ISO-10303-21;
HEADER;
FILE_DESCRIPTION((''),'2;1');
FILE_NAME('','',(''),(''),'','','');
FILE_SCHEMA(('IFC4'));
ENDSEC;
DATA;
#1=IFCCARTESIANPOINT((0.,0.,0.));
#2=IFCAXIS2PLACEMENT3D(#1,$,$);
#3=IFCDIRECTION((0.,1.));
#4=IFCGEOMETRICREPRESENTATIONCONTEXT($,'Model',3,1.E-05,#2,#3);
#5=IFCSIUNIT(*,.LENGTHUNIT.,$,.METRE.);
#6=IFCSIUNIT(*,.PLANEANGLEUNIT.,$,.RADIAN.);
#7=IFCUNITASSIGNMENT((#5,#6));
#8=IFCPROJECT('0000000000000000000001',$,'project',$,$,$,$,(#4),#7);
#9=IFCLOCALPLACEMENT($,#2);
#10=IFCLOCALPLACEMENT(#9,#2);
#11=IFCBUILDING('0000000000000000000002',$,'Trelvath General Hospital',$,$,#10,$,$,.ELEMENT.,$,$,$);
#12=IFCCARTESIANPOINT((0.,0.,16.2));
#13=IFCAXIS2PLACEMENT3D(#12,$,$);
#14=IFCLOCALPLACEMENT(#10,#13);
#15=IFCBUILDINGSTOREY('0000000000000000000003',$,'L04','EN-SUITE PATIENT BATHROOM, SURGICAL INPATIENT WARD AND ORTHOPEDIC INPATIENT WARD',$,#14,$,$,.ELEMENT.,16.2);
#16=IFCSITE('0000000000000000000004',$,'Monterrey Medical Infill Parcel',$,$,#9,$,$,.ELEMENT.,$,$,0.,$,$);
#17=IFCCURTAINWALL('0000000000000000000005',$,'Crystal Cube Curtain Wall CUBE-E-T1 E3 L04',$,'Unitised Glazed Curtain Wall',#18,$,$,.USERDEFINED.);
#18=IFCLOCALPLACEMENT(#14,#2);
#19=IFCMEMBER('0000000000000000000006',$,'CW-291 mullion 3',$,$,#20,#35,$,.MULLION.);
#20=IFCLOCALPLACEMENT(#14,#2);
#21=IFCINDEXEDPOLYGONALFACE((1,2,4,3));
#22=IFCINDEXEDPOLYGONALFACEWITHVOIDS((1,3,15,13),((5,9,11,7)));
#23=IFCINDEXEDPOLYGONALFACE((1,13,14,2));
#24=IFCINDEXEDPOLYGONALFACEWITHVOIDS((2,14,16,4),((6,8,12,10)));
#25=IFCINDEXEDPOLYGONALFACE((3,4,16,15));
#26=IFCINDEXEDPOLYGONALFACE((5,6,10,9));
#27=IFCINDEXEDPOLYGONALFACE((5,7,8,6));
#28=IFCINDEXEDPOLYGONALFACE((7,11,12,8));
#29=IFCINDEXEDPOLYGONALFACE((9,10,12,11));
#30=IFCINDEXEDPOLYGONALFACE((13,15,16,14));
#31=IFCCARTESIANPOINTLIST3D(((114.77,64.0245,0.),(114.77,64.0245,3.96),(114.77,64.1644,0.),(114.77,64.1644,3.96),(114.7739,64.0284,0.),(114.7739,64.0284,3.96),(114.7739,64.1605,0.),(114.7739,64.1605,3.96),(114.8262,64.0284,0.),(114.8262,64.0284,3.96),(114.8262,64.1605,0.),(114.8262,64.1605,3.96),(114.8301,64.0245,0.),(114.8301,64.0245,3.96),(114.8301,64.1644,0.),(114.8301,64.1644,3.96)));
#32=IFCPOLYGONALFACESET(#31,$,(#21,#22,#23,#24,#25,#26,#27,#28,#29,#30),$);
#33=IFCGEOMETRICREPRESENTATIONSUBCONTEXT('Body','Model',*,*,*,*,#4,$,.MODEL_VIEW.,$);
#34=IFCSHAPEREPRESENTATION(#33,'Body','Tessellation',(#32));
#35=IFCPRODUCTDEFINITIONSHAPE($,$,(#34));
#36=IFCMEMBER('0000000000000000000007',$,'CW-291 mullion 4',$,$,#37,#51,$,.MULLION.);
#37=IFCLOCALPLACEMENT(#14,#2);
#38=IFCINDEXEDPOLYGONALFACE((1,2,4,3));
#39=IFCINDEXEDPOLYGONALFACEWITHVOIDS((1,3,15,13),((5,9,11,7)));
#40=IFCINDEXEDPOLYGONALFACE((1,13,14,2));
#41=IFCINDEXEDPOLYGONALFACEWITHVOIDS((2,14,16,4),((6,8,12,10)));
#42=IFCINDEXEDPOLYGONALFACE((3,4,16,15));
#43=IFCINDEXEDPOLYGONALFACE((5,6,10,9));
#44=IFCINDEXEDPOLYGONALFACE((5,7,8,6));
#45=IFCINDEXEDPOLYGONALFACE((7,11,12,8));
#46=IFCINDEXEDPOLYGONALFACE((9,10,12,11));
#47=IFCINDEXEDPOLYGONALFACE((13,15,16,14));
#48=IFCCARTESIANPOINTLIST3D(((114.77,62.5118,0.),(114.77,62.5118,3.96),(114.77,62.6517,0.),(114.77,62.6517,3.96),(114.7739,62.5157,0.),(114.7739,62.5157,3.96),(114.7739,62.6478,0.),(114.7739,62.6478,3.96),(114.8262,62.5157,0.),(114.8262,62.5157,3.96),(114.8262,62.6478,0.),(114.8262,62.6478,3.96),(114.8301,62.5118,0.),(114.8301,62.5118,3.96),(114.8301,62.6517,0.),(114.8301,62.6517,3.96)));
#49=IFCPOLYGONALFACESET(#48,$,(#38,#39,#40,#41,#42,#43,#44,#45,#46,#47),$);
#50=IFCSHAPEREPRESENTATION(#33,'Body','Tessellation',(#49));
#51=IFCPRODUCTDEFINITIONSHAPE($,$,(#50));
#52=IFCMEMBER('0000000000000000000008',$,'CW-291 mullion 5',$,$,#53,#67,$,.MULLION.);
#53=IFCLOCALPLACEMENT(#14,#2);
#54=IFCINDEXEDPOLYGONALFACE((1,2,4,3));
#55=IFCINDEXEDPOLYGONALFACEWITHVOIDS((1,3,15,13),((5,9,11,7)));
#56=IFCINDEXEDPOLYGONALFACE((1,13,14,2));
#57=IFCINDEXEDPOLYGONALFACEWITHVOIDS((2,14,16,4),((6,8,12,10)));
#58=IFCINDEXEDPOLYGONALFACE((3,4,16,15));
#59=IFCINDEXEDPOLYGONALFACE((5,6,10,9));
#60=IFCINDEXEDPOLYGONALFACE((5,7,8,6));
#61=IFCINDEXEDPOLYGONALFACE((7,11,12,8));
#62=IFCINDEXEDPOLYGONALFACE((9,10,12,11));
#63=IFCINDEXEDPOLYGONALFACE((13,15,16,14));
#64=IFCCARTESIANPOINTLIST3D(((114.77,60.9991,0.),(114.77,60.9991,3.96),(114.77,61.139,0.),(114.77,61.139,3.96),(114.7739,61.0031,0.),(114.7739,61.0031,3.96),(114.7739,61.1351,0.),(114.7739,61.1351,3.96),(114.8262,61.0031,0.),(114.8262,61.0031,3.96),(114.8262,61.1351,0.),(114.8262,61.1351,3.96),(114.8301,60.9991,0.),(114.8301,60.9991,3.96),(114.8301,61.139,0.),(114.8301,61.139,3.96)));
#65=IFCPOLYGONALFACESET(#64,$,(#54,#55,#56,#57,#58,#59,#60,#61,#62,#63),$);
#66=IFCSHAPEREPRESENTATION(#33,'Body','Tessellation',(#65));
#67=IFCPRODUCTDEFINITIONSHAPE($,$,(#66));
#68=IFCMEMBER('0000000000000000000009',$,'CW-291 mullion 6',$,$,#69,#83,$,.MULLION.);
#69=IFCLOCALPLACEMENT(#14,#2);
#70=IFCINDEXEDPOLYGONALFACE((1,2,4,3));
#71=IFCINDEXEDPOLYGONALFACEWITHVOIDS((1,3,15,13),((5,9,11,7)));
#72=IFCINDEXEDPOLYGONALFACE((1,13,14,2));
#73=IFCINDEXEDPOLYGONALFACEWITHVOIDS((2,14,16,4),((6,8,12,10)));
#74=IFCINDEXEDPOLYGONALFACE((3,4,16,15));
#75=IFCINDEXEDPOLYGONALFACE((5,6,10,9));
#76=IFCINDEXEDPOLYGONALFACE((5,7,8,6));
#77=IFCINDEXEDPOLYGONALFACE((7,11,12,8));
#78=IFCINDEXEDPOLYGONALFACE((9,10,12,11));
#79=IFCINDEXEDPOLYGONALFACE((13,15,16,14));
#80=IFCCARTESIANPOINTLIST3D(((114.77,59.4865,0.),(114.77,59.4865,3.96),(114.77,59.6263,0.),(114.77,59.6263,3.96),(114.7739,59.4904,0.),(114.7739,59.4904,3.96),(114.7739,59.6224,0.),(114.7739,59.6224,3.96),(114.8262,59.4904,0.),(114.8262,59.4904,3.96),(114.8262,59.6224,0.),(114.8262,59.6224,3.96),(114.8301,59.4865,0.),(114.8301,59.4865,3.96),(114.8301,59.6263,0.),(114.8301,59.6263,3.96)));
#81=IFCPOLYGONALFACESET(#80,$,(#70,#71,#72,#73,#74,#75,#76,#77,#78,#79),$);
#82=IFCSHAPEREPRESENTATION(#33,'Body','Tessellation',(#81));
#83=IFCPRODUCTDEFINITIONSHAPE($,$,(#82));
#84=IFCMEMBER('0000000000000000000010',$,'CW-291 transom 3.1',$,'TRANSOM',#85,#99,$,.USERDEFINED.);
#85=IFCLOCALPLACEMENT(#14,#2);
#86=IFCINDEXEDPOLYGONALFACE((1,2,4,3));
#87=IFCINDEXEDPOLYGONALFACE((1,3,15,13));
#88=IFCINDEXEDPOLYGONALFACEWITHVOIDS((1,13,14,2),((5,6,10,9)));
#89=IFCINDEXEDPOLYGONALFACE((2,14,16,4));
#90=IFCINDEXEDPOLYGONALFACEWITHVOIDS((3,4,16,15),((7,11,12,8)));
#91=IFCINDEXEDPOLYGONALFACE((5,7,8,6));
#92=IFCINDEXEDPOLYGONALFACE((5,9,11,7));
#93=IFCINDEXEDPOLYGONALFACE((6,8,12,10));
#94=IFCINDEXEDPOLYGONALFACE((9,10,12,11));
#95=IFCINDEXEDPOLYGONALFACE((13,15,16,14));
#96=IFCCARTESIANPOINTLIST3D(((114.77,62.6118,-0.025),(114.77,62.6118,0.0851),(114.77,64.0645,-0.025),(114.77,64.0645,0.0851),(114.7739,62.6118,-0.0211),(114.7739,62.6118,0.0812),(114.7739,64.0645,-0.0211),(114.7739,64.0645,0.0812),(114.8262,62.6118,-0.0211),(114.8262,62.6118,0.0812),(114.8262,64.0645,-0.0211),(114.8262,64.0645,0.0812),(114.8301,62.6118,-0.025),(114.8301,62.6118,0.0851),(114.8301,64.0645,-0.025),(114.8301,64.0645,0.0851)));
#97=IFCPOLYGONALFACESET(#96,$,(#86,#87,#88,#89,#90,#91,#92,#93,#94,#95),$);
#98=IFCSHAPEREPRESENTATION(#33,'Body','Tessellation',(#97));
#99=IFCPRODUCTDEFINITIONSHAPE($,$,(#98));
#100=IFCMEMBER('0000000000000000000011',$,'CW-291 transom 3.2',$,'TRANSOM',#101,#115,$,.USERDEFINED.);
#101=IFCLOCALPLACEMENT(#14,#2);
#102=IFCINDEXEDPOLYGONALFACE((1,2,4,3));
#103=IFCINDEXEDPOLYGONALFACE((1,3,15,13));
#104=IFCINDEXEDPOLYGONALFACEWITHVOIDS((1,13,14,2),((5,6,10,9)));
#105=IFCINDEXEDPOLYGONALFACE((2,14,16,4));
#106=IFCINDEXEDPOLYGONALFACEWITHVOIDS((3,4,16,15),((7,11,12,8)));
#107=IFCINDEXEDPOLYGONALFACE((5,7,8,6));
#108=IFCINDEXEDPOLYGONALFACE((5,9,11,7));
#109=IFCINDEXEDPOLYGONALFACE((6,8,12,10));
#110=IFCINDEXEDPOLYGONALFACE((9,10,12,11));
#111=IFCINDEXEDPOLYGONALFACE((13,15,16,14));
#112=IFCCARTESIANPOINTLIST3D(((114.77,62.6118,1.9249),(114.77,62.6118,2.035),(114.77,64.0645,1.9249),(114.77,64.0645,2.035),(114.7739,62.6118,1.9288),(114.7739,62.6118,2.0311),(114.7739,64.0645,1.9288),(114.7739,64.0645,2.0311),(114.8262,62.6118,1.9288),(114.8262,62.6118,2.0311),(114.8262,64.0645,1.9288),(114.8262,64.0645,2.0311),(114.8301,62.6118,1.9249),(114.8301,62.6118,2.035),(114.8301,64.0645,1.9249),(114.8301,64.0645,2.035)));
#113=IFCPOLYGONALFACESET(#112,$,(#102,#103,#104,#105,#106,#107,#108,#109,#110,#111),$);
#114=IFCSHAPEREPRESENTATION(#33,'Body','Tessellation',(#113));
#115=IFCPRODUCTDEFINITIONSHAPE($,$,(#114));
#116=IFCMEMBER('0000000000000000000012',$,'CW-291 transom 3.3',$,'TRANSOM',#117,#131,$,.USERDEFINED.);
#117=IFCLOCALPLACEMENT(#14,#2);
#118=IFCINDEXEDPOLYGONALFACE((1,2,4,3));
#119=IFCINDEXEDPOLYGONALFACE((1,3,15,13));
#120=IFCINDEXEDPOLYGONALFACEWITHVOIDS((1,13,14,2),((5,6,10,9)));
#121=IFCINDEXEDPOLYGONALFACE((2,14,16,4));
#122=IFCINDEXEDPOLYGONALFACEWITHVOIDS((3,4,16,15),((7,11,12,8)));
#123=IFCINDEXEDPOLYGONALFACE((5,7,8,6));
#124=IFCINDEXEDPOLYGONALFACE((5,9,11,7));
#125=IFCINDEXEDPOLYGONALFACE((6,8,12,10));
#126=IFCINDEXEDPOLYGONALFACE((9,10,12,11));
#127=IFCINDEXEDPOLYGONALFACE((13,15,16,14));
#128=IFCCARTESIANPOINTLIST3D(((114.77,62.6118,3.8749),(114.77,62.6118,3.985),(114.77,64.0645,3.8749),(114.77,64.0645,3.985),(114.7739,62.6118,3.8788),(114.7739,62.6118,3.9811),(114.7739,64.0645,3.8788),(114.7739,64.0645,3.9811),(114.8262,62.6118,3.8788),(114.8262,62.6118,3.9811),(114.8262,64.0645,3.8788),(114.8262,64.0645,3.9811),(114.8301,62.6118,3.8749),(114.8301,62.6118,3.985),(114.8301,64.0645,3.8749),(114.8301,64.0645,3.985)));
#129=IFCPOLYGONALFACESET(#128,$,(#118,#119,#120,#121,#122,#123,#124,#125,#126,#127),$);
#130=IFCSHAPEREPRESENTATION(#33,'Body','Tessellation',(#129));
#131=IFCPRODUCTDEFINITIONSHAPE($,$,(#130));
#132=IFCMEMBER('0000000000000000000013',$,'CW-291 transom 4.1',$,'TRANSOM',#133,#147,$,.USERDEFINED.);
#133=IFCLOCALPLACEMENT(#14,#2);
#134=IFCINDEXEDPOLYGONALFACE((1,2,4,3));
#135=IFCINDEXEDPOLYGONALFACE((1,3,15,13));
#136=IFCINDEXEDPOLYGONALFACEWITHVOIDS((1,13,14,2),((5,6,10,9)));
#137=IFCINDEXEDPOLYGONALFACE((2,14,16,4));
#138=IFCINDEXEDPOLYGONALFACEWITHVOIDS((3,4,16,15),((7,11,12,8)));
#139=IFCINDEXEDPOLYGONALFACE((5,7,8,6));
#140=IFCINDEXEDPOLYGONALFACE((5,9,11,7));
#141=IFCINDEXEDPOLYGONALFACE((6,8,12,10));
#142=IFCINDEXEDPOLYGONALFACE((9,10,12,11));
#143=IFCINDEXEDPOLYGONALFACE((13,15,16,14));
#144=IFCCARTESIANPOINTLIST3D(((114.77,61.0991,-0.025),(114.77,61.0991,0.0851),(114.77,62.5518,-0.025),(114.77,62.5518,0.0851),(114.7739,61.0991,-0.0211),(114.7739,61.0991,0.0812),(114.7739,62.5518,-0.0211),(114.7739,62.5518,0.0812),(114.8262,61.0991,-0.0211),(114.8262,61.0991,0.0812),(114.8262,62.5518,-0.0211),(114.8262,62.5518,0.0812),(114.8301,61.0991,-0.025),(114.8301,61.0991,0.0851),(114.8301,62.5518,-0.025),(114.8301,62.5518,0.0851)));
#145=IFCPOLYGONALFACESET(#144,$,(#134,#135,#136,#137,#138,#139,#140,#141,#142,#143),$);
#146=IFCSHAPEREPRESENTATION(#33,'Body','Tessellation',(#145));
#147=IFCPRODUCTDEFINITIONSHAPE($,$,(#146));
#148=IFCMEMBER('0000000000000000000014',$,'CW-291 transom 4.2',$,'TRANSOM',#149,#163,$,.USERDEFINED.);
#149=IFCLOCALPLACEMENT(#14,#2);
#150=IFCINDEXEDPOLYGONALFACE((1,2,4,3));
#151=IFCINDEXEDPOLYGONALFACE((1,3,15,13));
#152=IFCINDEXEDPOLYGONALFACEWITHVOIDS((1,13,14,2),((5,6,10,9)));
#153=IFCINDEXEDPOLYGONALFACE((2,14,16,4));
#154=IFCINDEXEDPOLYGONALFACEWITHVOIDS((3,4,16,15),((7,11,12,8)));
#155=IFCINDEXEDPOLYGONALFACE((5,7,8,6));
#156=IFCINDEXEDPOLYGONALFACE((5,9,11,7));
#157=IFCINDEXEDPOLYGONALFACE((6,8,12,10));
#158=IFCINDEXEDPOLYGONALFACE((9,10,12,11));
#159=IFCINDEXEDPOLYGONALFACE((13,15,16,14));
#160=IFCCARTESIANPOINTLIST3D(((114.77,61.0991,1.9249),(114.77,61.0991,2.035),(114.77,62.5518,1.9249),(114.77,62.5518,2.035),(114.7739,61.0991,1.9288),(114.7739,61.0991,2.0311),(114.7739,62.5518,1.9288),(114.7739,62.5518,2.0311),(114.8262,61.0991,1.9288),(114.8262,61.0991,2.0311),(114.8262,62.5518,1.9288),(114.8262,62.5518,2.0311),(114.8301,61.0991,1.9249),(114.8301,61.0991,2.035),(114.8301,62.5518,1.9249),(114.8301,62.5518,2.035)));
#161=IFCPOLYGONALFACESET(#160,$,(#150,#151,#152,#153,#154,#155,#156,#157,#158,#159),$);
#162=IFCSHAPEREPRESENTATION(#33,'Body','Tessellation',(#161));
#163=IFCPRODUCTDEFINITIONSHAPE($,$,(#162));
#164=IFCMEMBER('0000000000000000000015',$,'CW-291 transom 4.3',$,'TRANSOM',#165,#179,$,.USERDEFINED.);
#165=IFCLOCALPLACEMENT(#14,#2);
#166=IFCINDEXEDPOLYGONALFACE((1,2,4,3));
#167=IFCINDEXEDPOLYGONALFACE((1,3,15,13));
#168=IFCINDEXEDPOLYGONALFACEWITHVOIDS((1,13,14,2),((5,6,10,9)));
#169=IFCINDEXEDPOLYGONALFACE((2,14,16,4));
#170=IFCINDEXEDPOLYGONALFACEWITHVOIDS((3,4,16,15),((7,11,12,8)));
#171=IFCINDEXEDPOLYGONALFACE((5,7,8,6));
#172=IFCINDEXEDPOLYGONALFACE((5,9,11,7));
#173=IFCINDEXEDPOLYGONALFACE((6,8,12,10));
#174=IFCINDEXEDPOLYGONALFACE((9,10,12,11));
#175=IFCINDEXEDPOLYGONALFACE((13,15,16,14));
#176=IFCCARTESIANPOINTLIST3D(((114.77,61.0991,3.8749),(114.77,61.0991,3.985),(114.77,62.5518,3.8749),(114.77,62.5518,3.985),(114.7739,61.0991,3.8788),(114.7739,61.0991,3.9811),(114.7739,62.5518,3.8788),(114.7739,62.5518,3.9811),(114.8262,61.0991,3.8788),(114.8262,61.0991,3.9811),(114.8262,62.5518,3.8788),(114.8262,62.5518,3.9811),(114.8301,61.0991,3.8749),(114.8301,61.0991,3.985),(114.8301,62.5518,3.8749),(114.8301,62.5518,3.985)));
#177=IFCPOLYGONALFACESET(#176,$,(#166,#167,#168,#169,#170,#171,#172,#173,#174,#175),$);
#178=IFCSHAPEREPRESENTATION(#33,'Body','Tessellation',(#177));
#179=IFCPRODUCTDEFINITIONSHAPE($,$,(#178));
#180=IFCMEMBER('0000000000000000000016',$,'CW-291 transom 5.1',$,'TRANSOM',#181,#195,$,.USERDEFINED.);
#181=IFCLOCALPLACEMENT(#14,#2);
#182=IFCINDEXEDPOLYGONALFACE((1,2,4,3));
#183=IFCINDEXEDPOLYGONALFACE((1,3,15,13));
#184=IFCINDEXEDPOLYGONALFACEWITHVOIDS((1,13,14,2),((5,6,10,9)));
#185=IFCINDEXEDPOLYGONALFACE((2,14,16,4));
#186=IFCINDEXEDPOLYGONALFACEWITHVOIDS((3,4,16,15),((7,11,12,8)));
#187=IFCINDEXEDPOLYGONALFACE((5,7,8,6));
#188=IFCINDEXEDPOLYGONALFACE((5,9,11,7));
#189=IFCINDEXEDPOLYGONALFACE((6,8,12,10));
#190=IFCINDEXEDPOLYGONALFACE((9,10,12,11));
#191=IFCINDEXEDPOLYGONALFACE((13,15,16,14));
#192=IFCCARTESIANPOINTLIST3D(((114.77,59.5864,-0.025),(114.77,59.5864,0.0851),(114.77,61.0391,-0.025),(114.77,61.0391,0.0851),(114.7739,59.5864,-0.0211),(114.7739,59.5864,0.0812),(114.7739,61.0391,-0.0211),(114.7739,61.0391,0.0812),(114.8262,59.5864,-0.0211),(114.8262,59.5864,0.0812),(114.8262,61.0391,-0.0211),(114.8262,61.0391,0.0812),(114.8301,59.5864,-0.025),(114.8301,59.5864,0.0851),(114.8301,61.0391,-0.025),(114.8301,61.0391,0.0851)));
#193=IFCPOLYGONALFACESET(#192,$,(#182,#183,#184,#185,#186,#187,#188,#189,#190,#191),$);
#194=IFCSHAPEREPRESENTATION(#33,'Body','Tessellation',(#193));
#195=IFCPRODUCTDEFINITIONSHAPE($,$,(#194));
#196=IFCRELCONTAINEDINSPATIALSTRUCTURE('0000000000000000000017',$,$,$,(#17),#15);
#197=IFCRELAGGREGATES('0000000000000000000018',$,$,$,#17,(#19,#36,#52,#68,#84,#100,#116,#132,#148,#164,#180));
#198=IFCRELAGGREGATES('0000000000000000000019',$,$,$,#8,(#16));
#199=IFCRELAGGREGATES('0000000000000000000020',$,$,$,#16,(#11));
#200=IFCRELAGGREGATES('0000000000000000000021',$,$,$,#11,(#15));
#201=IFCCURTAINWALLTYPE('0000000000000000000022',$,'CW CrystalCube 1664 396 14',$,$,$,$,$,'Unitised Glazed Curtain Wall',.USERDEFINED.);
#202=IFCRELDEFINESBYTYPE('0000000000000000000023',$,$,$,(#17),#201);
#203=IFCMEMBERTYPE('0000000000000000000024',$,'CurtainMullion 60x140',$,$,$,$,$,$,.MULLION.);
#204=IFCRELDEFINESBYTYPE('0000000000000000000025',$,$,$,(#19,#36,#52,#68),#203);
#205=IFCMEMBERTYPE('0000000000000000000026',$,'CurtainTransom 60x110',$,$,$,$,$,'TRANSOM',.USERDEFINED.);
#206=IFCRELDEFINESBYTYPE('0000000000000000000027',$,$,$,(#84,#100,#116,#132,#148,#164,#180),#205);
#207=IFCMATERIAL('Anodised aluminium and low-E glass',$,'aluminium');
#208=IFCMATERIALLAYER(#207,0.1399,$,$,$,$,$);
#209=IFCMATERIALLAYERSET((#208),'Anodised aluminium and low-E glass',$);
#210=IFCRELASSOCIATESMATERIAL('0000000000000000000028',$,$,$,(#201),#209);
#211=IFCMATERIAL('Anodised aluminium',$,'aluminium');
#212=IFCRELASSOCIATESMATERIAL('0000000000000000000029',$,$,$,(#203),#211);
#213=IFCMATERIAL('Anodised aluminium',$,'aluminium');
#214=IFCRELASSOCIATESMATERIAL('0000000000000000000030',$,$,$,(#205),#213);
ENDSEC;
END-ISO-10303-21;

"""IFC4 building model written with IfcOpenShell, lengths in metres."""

from ifc_helpers import new_model, si_unit, direction, frame, origin, origin_2d, place, context, subcontext, project, spatial, hollow_rectangle, extrude, material, layer, layer_set, material_profile, profile_set, type_object, element, aggregate, save


model = new_model("IFC4")

# Units and contexts
model_context = context("Model", 3, precision=1e-05, world=origin(), true_north=direction((0.0, 1.0)))
body_context = subcontext(model_context, "Body", "Model", "MODEL_VIEW")
ifc_project = project(units=[si_unit("LENGTHUNIT", "METRE"), si_unit("PLANEANGLEUNIT", "RADIAN")], contexts=[model_context])

# Site, building, storey
site_placement = place(None, origin())
site = spatial("IfcSite", under=ifc_project, at=site_placement, Name="Monterrey Medical Infill Parcel", CompositionType="ELEMENT", RefElevation=0.0)
building_placement = place(site_placement, origin())
building = spatial("IfcBuilding", under=site, at=building_placement, Name="Trelvath General Hospital", CompositionType="ELEMENT")
storey_placement = place(building_placement, frame((0.0, 0.0, 16.2)))
storey = spatial("IfcBuildingStorey", under=building, at=storey_placement, Name="L04", Description="EN-SUITE PATIENT BATHROOM, SURGICAL INPATIENT WARD AND ORTHOPEDIC INPATIENT WARD", CompositionType="ELEMENT", Elevation=16.2)

# Curtain wall, members
ifc_material_1 = material(Name="Anodised aluminium and low-E glass", Category="aluminium")
ifc_layer_1 = layer(ifc_material_1, 0.1399)
ifc_layer_set_1 = layer_set([ifc_layer_1], Name="Anodised aluminium and low-E glass")
curtain_wall_type = type_object("IfcCurtainWallType", Name="CW CrystalCube 1664 396 14", ElementType="Unitised Glazed Curtain Wall", PredefinedType="USERDEFINED", material=ifc_layer_set_1)
curtain_wall_placement = place(storey_placement, origin())
curtain_wall = element("IfcCurtainWall", 1, at=curtain_wall_placement, inside=storey, type_object=curtain_wall_type, Name="Crystal Cube Curtain Wall CUBE-E-T1 E3 L04", ObjectType="Unitised Glazed Curtain Wall", PredefinedType="USERDEFINED")
ifc_material_2 = material(Name="Anodised aluminium", Category="aluminium")
ifc_material_profile_1 = material_profile(ifc_material_2, hollow_rectangle(XDim=0.0601, YDim=0.1399, WallThickness=0.0039, at=origin_2d()), Name="RHS60x140x4")
ifc_profile_set_1 = profile_set([ifc_material_profile_1], Name="Anodised aluminium")
member_type_1 = type_object("IfcMemberType", Name="CurtainMullion 60x140", PredefinedType="MULLION", material=ifc_profile_set_1)
member_1_placement = place(storey_placement, frame((114.8, 64.0945, 0.0), z_axis=(0.0, 0.0, 1.0), x_axis=(1.0, 0.0, 0.0)))
member_1 = element("IfcMember", 2, at=member_1_placement, type_object=member_type_1, Name="CW-291 mullion 3", PredefinedType="MULLION", context=body_context, shape_type="SweptSolid", body=[
    extrude(hollow_rectangle(XDim=0.0601, YDim=0.1399, WallThickness=0.0039, at=origin_2d()), origin(), (0.0, 0.0, 1.0), 3.96),
])
member_2_placement = place(storey_placement, frame((114.8, 62.5818, 0.0), z_axis=(0.0, 0.0, 1.0), x_axis=(1.0, 0.0, 0.0)))
member_2 = element("IfcMember", 3, at=member_2_placement, type_object=member_type_1, Name="CW-291 mullion 4", PredefinedType="MULLION", context=body_context, shape_type="SweptSolid", body=[
    extrude(hollow_rectangle(XDim=0.0601, YDim=0.1399, WallThickness=0.0039, at=origin_2d()), origin(), (0.0, 0.0, 1.0), 3.96),
])
member_3_placement = place(storey_placement, frame((114.8, 61.0691, 0.0), z_axis=(0.0, 0.0, 1.0), x_axis=(1.0, 0.0, 0.0)))
member_3 = element("IfcMember", 4, at=member_3_placement, type_object=member_type_1, Name="CW-291 mullion 5", PredefinedType="MULLION", context=body_context, shape_type="SweptSolid", body=[
    extrude(hollow_rectangle(XDim=0.0601, YDim=0.1399, WallThickness=0.0039, at=origin_2d()), origin(), (0.0, 0.0, 1.0), 3.96),
])
member_4_placement = place(storey_placement, frame((114.8, 59.5564, 0.0), z_axis=(0.0, 0.0, 1.0), x_axis=(1.0, 0.0, 0.0)))
member_4 = element("IfcMember", 5, at=member_4_placement, type_object=member_type_1, Name="CW-291 mullion 6", PredefinedType="MULLION", context=body_context, shape_type="SweptSolid", body=[
    extrude(hollow_rectangle(XDim=0.0601, YDim=0.1399, WallThickness=0.0039, at=origin_2d()), origin(), (0.0, 0.0, 1.0), 3.96),
])
ifc_material_3 = material(Name="Anodised aluminium", Category="aluminium")
ifc_material_profile_2 = material_profile(ifc_material_3, hollow_rectangle(XDim=0.0601, YDim=0.1101, WallThickness=0.0039, at=origin_2d()), Name="RHS60x110x4")
ifc_profile_set_2 = profile_set([ifc_material_profile_2], Name="Anodised aluminium")
member_type_2 = type_object("IfcMemberType", Name="CurtainTransom 60x110", ElementType="TRANSOM", PredefinedType="USERDEFINED", material=ifc_profile_set_2)
member_5_placement = place(storey_placement, frame((114.8, 64.0645, 0.03), z_axis=(0.0, -1.0, 0.0), x_axis=(1.0, 0.0, 0.0)))
member_5 = element("IfcMember", 6, at=member_5_placement, type_object=member_type_2, Name="CW-291 transom 3.1", ObjectType="TRANSOM", PredefinedType="USERDEFINED", context=body_context, shape_type="SweptSolid", body=[
    extrude(hollow_rectangle(XDim=0.0601, YDim=0.1101, WallThickness=0.0039, at=origin_2d()), origin(), (0.0, 0.0, 1.0), 1.4526),
])
member_6_placement = place(storey_placement, frame((114.8, 64.0645, 1.98), z_axis=(0.0, -1.0, 0.0), x_axis=(1.0, 0.0, 0.0)))
member_6 = element("IfcMember", 7, at=member_6_placement, type_object=member_type_2, Name="CW-291 transom 3.2", ObjectType="TRANSOM", PredefinedType="USERDEFINED", context=body_context, shape_type="SweptSolid", body=[
    extrude(hollow_rectangle(XDim=0.0601, YDim=0.1101, WallThickness=0.0039, at=origin_2d()), origin(), (0.0, 0.0, 1.0), 1.4526),
])
member_7_placement = place(storey_placement, frame((114.8, 64.0645, 3.9299), z_axis=(0.0, -1.0, 0.0), x_axis=(1.0, 0.0, 0.0)))
member_7 = element("IfcMember", 8, at=member_7_placement, type_object=member_type_2, Name="CW-291 transom 3.3", ObjectType="TRANSOM", PredefinedType="USERDEFINED", context=body_context, shape_type="SweptSolid", body=[
    extrude(hollow_rectangle(XDim=0.0601, YDim=0.1101, WallThickness=0.0039, at=origin_2d()), origin(), (0.0, 0.0, 1.0), 1.4526),
])
member_8_placement = place(storey_placement, frame((114.8, 62.5518, 0.03), z_axis=(0.0, -1.0, 0.0), x_axis=(1.0, 0.0, 0.0)))
member_8 = element("IfcMember", 9, at=member_8_placement, type_object=member_type_2, Name="CW-291 transom 4.1", ObjectType="TRANSOM", PredefinedType="USERDEFINED", context=body_context, shape_type="SweptSolid", body=[
    extrude(hollow_rectangle(XDim=0.0601, YDim=0.1101, WallThickness=0.0039, at=origin_2d()), origin(), (0.0, 0.0, 1.0), 1.4526),
])
member_9_placement = place(storey_placement, frame((114.8, 62.5518, 1.98), z_axis=(0.0, -1.0, 0.0), x_axis=(1.0, 0.0, 0.0)))
member_9 = element("IfcMember", 10, at=member_9_placement, type_object=member_type_2, Name="CW-291 transom 4.2", ObjectType="TRANSOM", PredefinedType="USERDEFINED", context=body_context, shape_type="SweptSolid", body=[
    extrude(hollow_rectangle(XDim=0.0601, YDim=0.1101, WallThickness=0.0039, at=origin_2d()), origin(), (0.0, 0.0, 1.0), 1.4526),
])
member_10_placement = place(storey_placement, frame((114.8, 62.5518, 3.9299), z_axis=(0.0, -1.0, 0.0), x_axis=(1.0, 0.0, 0.0)))
member_10 = element("IfcMember", 11, at=member_10_placement, type_object=member_type_2, Name="CW-291 transom 4.3", ObjectType="TRANSOM", PredefinedType="USERDEFINED", context=body_context, shape_type="SweptSolid", body=[
    extrude(hollow_rectangle(XDim=0.0601, YDim=0.1101, WallThickness=0.0039, at=origin_2d()), origin(), (0.0, 0.0, 1.0), 1.4526),
])
member_11_placement = place(storey_placement, frame((114.8, 61.0391, 0.03), z_axis=(0.0, -1.0, 0.0), x_axis=(1.0, 0.0, 0.0)))
member_11 = element("IfcMember", 12, at=member_11_placement, type_object=member_type_2, Name="CW-291 transom 5.1", ObjectType="TRANSOM", PredefinedType="USERDEFINED", context=body_context, shape_type="SweptSolid", body=[
    extrude(hollow_rectangle(XDim=0.0601, YDim=0.1101, WallThickness=0.0039, at=origin_2d()), origin(), (0.0, 0.0, 1.0), 1.4526),
])
aggregate(curtain_wall, [member_1, member_2, member_3, member_4, member_5, member_6, member_7, member_8, member_9, member_10, member_11])

save(model, "model.ifc")
